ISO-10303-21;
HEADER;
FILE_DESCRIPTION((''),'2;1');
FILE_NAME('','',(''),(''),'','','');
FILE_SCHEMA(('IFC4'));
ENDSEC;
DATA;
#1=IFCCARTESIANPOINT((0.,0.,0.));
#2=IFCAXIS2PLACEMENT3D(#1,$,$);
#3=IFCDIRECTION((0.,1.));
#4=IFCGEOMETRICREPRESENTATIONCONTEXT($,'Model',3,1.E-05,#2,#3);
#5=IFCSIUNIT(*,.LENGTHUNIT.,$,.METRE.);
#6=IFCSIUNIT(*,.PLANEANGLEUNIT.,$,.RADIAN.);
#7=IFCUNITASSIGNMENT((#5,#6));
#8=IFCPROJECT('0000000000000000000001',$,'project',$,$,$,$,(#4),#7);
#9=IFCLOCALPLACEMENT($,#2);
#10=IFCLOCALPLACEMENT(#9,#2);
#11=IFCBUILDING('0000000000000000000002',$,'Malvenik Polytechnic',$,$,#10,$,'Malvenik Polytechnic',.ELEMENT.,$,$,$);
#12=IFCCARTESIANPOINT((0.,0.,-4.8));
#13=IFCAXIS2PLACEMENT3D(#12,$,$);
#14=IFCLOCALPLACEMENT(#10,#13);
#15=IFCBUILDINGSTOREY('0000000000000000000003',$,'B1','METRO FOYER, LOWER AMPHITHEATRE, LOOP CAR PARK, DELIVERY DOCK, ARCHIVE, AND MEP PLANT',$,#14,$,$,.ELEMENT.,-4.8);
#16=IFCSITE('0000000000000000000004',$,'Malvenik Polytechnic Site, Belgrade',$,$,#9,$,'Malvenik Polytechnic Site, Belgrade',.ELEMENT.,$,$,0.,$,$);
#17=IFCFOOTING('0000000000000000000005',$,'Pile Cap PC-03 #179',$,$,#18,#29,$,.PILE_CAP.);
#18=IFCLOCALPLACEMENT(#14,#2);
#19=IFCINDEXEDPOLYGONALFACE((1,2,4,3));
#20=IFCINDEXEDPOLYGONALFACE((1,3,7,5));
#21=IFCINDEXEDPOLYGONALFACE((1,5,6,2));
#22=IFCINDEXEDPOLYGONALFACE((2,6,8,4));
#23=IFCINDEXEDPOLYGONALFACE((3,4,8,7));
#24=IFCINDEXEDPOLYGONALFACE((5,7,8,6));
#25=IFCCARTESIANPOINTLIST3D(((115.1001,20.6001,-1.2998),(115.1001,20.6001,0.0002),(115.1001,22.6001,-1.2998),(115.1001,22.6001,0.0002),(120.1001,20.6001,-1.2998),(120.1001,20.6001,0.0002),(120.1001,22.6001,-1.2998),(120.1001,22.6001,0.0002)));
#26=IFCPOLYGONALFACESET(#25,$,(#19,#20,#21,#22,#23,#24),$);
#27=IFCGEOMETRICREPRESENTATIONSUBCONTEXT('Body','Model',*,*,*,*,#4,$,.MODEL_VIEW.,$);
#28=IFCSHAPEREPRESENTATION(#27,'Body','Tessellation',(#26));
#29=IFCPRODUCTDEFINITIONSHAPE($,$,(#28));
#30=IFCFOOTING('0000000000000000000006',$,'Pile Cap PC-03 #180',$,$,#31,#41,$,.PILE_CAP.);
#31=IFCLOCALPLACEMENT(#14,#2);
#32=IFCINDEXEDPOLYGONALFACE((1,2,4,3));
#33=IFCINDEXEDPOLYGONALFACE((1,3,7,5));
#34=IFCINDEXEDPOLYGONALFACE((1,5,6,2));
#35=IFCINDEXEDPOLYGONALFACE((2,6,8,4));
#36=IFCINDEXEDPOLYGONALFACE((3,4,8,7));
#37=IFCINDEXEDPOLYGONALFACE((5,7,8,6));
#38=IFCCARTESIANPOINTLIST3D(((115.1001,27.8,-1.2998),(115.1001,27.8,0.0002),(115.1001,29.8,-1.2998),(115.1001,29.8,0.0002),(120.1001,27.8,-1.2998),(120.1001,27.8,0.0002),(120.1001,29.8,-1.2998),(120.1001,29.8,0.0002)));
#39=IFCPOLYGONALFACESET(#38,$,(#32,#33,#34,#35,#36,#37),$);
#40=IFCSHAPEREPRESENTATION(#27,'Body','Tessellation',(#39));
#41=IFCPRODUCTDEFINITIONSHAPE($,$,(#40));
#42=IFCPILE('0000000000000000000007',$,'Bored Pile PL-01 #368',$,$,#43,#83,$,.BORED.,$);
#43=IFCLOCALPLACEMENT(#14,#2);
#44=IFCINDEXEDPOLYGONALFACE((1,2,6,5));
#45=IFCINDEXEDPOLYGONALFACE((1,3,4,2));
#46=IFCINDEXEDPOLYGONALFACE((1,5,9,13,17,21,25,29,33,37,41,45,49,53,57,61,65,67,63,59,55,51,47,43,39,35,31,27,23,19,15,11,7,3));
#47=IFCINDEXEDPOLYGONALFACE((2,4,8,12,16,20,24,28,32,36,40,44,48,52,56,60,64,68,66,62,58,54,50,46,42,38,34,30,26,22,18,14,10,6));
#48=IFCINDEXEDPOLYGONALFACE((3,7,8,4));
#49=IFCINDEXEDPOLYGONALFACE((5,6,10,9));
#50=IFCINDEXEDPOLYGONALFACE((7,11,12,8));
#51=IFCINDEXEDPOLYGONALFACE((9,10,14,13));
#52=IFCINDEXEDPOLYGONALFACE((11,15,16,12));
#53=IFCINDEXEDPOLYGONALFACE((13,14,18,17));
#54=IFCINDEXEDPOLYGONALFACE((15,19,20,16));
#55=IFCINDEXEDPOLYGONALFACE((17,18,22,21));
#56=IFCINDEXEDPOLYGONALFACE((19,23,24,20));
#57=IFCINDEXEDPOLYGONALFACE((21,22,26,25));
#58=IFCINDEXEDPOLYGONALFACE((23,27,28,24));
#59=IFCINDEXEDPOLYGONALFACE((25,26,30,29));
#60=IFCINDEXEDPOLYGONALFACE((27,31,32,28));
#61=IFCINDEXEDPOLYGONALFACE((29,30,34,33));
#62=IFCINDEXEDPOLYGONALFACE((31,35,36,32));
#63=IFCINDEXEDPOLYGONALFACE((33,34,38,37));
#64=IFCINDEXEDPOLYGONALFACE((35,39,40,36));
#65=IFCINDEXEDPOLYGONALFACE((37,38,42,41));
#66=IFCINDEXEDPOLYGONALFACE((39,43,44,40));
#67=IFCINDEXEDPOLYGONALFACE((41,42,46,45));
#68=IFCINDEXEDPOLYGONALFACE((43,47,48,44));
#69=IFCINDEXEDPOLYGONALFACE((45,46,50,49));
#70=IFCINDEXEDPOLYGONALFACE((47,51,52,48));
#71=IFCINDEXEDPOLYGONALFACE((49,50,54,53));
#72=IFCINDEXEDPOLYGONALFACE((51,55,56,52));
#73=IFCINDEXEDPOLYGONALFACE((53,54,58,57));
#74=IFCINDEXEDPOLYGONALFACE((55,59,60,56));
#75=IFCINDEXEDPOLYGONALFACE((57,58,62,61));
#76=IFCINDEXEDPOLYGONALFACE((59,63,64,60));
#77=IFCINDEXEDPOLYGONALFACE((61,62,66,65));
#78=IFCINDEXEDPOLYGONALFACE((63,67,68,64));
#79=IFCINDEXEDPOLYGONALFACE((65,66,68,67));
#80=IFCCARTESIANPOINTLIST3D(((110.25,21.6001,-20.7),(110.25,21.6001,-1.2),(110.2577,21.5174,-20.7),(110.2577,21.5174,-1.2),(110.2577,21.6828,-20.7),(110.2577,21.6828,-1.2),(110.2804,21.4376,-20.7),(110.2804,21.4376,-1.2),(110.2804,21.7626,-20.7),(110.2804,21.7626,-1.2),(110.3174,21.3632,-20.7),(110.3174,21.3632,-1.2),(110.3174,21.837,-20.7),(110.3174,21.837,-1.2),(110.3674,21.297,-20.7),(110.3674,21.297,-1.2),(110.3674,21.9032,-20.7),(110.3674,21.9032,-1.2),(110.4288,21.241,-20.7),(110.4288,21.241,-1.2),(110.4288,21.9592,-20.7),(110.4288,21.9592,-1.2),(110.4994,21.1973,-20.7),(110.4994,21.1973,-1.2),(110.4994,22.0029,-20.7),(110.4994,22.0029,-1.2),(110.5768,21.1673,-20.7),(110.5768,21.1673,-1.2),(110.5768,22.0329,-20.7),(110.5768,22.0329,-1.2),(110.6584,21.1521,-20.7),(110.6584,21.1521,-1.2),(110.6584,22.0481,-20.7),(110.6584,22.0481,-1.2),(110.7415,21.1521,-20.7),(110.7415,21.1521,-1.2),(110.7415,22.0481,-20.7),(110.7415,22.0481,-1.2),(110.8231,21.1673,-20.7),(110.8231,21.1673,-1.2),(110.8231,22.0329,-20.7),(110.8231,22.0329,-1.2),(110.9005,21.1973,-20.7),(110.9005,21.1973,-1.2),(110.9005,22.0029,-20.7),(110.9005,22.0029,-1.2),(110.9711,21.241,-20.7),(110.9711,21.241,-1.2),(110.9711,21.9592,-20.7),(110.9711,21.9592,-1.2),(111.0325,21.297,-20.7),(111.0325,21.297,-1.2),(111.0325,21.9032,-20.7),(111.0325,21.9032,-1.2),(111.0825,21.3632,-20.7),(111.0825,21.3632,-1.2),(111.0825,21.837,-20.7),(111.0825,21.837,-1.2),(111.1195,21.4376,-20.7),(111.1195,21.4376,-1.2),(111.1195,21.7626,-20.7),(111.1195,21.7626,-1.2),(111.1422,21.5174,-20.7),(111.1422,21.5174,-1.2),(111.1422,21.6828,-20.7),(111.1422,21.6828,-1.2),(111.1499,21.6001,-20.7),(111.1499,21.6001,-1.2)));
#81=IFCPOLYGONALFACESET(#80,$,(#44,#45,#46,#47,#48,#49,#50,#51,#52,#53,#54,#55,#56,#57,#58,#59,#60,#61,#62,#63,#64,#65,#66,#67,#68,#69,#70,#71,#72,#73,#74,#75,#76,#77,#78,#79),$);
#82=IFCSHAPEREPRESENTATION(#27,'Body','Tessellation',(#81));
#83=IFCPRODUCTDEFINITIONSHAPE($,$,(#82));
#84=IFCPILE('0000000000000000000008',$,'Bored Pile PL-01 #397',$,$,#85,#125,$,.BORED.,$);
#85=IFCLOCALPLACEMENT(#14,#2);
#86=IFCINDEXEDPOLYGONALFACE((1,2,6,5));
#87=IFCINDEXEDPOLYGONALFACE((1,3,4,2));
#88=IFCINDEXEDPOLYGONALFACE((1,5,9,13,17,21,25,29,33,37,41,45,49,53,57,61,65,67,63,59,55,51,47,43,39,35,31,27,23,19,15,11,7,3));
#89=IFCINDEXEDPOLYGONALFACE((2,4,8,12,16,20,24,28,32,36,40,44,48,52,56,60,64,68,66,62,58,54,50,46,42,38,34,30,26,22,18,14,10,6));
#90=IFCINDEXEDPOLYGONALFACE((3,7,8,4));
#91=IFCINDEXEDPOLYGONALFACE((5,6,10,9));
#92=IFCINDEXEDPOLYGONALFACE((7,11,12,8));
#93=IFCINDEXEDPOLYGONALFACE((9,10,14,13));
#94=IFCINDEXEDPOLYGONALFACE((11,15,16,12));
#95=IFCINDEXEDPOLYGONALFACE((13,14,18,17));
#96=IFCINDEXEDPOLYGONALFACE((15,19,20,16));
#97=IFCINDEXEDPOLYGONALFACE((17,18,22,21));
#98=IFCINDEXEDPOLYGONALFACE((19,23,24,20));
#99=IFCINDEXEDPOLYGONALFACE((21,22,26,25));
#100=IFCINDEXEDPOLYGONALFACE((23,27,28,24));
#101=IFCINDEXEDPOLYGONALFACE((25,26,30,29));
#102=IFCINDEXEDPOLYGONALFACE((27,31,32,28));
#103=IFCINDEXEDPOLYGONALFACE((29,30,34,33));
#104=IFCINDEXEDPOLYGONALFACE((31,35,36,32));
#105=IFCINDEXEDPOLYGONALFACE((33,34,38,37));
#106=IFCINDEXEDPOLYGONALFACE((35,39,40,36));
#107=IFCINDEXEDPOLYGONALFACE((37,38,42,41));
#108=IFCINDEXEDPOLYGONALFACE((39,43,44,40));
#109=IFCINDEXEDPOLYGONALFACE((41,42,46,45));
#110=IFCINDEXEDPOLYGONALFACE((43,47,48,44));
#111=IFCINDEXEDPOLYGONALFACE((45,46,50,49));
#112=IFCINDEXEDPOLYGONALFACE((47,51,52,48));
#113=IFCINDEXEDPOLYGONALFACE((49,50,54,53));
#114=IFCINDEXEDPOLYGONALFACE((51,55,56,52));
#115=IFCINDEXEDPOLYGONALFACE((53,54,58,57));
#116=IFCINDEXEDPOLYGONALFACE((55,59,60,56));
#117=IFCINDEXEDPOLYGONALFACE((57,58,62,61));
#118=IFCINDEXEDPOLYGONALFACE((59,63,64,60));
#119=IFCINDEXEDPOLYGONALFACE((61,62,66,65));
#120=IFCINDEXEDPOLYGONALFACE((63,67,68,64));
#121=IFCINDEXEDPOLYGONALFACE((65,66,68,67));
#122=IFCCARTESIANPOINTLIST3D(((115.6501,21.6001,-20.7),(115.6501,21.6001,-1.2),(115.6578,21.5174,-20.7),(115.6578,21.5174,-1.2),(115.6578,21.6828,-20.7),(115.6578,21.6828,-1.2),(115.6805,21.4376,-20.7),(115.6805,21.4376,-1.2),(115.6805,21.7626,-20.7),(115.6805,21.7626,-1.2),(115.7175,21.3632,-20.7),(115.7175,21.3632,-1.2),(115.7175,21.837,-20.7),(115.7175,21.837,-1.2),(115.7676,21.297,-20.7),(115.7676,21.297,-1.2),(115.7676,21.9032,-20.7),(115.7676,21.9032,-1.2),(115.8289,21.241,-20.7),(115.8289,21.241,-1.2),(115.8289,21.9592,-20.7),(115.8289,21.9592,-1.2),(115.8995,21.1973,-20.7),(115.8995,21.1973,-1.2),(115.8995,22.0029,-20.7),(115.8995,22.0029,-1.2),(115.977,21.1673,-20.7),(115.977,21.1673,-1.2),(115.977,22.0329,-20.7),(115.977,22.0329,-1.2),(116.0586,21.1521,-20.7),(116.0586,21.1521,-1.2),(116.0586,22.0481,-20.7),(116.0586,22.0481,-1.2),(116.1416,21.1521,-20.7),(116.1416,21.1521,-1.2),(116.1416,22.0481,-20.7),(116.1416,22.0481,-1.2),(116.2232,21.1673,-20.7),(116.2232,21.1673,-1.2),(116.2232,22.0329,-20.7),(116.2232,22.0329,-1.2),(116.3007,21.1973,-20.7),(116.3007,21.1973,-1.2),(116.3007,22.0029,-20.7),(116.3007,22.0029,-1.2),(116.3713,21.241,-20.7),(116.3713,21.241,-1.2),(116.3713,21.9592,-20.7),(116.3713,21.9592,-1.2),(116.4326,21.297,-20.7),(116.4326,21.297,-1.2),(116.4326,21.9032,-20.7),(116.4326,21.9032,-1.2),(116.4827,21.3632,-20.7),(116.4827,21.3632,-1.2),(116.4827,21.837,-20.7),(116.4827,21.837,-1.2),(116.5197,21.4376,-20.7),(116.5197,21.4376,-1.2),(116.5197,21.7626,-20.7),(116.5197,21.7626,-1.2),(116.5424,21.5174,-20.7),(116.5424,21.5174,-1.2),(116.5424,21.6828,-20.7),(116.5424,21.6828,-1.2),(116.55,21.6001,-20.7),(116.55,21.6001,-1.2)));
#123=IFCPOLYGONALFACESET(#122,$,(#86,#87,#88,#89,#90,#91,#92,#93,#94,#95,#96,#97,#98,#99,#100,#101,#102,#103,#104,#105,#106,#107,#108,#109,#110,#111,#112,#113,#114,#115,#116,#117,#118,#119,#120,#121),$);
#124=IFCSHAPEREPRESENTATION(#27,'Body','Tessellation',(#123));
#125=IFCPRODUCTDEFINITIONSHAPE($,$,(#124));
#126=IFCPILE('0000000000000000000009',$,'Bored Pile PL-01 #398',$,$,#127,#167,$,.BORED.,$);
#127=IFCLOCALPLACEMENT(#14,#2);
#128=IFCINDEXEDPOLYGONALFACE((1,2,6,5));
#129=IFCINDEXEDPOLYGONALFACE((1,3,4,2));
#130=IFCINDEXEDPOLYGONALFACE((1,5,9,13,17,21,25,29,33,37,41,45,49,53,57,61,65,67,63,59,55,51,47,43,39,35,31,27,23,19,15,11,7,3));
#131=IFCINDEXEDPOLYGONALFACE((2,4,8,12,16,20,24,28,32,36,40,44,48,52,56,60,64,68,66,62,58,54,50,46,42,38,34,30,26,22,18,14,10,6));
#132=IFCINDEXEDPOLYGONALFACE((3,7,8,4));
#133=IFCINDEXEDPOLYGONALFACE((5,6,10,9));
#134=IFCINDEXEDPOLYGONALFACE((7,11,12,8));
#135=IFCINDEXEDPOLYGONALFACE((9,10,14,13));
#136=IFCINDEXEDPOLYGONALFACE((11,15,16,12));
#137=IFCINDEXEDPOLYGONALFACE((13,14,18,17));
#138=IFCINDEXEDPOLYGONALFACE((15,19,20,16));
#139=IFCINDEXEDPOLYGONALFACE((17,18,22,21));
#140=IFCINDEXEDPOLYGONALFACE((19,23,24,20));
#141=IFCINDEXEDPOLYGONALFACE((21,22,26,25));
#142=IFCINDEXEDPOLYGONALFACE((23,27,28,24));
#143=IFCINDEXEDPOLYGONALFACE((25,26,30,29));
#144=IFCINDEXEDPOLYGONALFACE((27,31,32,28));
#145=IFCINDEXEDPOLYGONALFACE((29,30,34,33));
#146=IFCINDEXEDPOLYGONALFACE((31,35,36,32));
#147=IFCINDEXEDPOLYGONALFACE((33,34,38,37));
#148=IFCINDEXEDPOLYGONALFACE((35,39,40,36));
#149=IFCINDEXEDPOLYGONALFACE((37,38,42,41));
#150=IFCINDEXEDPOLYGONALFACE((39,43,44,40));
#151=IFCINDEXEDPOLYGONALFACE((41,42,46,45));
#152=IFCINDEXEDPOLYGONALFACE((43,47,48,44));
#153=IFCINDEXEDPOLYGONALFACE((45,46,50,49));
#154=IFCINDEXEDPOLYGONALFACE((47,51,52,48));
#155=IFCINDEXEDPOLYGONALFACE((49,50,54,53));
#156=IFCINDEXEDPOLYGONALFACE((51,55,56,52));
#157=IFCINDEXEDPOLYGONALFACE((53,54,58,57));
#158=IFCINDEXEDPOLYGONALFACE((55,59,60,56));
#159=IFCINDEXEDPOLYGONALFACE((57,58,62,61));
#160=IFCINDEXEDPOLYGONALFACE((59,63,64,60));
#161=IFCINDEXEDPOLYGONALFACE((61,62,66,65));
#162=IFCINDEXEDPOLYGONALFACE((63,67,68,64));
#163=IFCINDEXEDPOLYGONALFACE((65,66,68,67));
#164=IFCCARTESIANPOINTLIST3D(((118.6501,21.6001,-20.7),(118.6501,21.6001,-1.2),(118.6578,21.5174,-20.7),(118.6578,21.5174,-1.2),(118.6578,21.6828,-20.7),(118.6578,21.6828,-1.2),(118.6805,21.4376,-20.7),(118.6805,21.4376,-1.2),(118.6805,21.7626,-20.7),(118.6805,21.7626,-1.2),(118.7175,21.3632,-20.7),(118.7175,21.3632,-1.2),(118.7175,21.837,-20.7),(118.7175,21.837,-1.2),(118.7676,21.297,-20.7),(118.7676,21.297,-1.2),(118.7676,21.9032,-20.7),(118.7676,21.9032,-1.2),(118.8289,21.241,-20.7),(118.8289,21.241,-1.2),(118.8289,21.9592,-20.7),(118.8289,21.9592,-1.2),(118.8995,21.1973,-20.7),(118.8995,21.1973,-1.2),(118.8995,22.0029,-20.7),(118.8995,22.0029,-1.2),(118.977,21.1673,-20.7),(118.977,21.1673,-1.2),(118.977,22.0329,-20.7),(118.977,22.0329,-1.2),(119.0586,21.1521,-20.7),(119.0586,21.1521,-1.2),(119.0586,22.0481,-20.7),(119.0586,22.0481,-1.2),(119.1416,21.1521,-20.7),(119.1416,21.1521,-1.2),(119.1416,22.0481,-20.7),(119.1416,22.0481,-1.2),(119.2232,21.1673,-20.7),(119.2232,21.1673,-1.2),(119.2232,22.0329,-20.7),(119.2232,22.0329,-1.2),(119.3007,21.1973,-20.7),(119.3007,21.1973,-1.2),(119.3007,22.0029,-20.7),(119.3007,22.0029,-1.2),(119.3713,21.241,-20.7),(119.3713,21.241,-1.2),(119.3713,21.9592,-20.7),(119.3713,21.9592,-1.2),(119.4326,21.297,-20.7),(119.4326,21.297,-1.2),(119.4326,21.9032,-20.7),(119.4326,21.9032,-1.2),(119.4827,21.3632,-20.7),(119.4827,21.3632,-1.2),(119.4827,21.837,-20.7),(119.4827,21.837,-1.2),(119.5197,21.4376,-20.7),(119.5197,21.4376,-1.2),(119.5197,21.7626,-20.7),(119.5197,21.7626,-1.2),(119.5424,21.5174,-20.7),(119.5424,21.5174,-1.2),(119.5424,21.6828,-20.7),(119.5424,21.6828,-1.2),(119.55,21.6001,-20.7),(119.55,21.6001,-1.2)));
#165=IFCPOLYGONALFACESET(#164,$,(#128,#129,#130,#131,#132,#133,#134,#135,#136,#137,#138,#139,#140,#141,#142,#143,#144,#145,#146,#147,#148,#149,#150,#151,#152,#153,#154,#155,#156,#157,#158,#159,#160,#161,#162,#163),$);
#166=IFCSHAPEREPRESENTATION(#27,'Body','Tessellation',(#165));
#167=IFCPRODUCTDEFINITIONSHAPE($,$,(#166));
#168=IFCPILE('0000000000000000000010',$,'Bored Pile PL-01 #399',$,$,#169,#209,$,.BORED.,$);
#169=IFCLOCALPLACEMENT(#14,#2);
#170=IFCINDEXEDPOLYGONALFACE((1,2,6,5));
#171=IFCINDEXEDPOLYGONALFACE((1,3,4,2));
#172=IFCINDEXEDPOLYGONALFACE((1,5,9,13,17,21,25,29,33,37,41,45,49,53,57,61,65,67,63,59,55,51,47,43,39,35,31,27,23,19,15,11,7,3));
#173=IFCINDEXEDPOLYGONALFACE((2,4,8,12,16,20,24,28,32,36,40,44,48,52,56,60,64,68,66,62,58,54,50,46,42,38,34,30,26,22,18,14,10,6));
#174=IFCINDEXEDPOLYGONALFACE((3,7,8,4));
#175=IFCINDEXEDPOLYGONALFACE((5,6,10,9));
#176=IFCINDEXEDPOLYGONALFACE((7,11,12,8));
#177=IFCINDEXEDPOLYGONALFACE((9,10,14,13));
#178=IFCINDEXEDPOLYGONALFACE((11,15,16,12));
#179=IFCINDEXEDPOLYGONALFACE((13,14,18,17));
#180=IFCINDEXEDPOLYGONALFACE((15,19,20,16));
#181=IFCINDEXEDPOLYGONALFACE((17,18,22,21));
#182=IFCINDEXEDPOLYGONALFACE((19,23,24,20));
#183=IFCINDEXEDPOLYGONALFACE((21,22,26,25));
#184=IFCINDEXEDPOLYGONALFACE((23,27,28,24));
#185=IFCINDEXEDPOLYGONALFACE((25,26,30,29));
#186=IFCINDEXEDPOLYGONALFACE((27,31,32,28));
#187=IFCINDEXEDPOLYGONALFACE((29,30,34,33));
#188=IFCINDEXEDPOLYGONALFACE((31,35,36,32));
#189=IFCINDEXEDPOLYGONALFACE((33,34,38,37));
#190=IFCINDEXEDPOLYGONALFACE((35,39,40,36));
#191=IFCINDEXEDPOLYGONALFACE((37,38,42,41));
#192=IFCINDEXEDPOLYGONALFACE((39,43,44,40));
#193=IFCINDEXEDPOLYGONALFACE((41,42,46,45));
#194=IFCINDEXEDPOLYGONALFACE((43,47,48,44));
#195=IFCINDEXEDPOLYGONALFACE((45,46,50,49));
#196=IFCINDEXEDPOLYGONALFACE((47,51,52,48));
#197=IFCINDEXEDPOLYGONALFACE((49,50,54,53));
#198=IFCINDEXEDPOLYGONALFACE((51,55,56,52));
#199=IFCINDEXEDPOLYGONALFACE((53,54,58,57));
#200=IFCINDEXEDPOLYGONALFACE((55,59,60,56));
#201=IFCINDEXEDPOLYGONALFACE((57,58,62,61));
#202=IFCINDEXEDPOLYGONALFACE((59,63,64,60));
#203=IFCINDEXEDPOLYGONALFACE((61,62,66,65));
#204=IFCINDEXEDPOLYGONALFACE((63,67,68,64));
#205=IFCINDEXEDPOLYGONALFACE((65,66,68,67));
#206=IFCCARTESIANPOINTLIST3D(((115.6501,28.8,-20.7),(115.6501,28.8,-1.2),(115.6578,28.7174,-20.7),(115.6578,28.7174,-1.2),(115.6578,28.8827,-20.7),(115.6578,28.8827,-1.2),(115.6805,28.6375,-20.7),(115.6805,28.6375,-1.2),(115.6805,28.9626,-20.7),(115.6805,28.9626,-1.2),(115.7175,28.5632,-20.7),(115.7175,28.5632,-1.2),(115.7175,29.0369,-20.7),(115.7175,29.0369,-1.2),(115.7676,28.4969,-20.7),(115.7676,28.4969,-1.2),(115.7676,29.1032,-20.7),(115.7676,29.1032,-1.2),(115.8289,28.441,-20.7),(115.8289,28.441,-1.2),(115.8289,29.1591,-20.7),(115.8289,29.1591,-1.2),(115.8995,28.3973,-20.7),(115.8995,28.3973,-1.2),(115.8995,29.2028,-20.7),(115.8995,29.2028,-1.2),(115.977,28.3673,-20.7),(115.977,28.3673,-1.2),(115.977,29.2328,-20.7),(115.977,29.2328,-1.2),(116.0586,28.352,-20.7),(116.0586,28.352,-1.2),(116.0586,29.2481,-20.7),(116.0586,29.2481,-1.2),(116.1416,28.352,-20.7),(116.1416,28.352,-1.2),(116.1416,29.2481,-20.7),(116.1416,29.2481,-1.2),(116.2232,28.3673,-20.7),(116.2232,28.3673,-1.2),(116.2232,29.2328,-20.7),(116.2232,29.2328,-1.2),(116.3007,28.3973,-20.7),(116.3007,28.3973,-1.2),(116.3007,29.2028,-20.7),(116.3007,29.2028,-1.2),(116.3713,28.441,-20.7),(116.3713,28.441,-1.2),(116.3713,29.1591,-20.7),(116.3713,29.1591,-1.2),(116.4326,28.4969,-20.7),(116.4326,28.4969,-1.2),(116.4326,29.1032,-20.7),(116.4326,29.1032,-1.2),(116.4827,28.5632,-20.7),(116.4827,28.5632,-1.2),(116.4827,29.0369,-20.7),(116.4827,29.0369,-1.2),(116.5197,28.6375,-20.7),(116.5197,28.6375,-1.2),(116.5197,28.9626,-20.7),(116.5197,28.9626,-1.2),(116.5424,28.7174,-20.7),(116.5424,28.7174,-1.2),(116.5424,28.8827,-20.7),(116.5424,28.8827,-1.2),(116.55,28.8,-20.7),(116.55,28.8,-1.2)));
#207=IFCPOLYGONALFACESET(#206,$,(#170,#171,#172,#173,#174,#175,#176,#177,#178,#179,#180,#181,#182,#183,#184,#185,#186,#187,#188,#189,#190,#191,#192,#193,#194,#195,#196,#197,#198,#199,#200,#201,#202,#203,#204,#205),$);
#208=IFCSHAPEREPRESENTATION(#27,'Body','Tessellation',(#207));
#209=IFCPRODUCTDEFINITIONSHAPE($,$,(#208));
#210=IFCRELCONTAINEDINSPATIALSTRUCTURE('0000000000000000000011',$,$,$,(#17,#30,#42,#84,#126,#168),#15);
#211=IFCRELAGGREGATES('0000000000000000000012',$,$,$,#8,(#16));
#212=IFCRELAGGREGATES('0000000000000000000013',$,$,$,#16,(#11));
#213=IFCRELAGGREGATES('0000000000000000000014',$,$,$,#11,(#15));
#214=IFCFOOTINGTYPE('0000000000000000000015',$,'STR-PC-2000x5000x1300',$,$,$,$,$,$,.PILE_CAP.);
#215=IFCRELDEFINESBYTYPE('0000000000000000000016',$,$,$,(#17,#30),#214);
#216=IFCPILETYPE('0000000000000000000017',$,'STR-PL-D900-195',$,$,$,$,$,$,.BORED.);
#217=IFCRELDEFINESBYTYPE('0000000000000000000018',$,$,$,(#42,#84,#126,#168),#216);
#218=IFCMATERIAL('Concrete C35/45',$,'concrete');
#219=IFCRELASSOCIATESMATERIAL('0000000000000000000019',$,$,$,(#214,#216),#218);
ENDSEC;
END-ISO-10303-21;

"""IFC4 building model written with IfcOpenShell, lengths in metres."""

from ifc_helpers import new_model, si_unit, direction, frame, origin, origin_2d, place, context, subcontext, project, spatial, rectangle, circle, extrude, material, material_profile, profile_set, type_object, element, save


model = new_model("IFC4")

# Units and contexts
model_context = context("Model", 3, precision=1e-05, world=origin(), true_north=direction((0.0, 1.0)))
body_context = subcontext(model_context, "Body", "Model", "MODEL_VIEW")
ifc_project = project(units=[si_unit("LENGTHUNIT", "METRE"), si_unit("PLANEANGLEUNIT", "RADIAN")], contexts=[model_context])

# Site, building, storey
site_placement = place(None, origin())
site = spatial("IfcSite", under=ifc_project, at=site_placement, Name="Malvenik Polytechnic Site, Belgrade", LongName="Malvenik Polytechnic Site, Belgrade", CompositionType="ELEMENT", RefElevation=0.0)
building_placement = place(site_placement, origin())
building = spatial("IfcBuilding", under=site, at=building_placement, Name="Malvenik Polytechnic", LongName="Malvenik Polytechnic", CompositionType="ELEMENT")
storey_placement = place(building_placement, frame((0.0, 0.0, -4.8)))
storey = spatial("IfcBuildingStorey", under=building, at=storey_placement, Name="B1", Description="METRO FOYER, LOWER AMPHITHEATRE, LOOP CAR PARK, DELIVERY DOCK, ARCHIVE, AND MEP PLANT", CompositionType="ELEMENT", Elevation=-4.8)

# Footings
ifc_material_1 = material(Name="Concrete C35/45", Category="concrete")
footing_type = type_object("IfcFootingType", Name="STR-PC-2000x5000x1300", PredefinedType="PILE_CAP", material=ifc_material_1)
for number, where, z_axis, x_axis, name in (
    (1, (117.6001, 21.6001, -1.2998), (0.0, 0.0, 1.0), (1.0, 0.0, 0.0), "Pile Cap PC-03 #179"),
    (2, (117.6001, 28.8, -1.2998), (0.0, 0.0, 1.0), (1.0, 0.0, 0.0), "Pile Cap PC-03 #180"),
):
    element("IfcFooting", number, at=place(storey_placement, frame(where, z_axis=z_axis, x_axis=x_axis)), inside=storey, type_object=footing_type, Name=name, PredefinedType="PILE_CAP", context=body_context, shape_type="SweptSolid", body=[
        extrude(rectangle(XDim=5.0, YDim=2.0, at=origin_2d()), origin(), (0.0, 0.0, 1.0), 1.3),
    ])

# Piles
ifc_material_profile_1 = material_profile(ifc_material_1, circle(Radius=0.45, at=origin_2d()), Name="BORED PILE D900")
ifc_profile_set_1 = profile_set([ifc_material_profile_1], Name="Concrete C35/45")
pile_type = type_object("IfcPileType", Name="STR-PL-D900-195", PredefinedType="BORED", material=ifc_profile_set_1)
for number, where, z_axis, x_axis, name in (
    (3, (110.7, 21.6001, -1.2), (0.0, 0.0, -1.0), (1.0, 0.0, 0.0), "Bored Pile PL-01 #368"),
    (4, (116.1001, 21.6001, -1.2), (0.0, 0.0, -1.0), (1.0, 0.0, 0.0), "Bored Pile PL-01 #397"),
    (5, (119.1001, 21.6001, -1.2), (0.0, 0.0, -1.0), (1.0, 0.0, 0.0), "Bored Pile PL-01 #398"),
    (6, (116.1001, 28.8, -1.2), (0.0, 0.0, -1.0), (1.0, 0.0, 0.0), "Bored Pile PL-01 #399"),
):
    element("IfcPile", number, at=place(storey_placement, frame(where, z_axis=z_axis, x_axis=x_axis)), inside=storey, type_object=pile_type, Name=name, PredefinedType="BORED", context=body_context, shape_type="SweptSolid", body=[
        extrude(circle(Radius=0.45, at=origin_2d()), origin(), (0.0, 0.0, 1.0), 19.5),
    ])

save(model, "model.ifc")
